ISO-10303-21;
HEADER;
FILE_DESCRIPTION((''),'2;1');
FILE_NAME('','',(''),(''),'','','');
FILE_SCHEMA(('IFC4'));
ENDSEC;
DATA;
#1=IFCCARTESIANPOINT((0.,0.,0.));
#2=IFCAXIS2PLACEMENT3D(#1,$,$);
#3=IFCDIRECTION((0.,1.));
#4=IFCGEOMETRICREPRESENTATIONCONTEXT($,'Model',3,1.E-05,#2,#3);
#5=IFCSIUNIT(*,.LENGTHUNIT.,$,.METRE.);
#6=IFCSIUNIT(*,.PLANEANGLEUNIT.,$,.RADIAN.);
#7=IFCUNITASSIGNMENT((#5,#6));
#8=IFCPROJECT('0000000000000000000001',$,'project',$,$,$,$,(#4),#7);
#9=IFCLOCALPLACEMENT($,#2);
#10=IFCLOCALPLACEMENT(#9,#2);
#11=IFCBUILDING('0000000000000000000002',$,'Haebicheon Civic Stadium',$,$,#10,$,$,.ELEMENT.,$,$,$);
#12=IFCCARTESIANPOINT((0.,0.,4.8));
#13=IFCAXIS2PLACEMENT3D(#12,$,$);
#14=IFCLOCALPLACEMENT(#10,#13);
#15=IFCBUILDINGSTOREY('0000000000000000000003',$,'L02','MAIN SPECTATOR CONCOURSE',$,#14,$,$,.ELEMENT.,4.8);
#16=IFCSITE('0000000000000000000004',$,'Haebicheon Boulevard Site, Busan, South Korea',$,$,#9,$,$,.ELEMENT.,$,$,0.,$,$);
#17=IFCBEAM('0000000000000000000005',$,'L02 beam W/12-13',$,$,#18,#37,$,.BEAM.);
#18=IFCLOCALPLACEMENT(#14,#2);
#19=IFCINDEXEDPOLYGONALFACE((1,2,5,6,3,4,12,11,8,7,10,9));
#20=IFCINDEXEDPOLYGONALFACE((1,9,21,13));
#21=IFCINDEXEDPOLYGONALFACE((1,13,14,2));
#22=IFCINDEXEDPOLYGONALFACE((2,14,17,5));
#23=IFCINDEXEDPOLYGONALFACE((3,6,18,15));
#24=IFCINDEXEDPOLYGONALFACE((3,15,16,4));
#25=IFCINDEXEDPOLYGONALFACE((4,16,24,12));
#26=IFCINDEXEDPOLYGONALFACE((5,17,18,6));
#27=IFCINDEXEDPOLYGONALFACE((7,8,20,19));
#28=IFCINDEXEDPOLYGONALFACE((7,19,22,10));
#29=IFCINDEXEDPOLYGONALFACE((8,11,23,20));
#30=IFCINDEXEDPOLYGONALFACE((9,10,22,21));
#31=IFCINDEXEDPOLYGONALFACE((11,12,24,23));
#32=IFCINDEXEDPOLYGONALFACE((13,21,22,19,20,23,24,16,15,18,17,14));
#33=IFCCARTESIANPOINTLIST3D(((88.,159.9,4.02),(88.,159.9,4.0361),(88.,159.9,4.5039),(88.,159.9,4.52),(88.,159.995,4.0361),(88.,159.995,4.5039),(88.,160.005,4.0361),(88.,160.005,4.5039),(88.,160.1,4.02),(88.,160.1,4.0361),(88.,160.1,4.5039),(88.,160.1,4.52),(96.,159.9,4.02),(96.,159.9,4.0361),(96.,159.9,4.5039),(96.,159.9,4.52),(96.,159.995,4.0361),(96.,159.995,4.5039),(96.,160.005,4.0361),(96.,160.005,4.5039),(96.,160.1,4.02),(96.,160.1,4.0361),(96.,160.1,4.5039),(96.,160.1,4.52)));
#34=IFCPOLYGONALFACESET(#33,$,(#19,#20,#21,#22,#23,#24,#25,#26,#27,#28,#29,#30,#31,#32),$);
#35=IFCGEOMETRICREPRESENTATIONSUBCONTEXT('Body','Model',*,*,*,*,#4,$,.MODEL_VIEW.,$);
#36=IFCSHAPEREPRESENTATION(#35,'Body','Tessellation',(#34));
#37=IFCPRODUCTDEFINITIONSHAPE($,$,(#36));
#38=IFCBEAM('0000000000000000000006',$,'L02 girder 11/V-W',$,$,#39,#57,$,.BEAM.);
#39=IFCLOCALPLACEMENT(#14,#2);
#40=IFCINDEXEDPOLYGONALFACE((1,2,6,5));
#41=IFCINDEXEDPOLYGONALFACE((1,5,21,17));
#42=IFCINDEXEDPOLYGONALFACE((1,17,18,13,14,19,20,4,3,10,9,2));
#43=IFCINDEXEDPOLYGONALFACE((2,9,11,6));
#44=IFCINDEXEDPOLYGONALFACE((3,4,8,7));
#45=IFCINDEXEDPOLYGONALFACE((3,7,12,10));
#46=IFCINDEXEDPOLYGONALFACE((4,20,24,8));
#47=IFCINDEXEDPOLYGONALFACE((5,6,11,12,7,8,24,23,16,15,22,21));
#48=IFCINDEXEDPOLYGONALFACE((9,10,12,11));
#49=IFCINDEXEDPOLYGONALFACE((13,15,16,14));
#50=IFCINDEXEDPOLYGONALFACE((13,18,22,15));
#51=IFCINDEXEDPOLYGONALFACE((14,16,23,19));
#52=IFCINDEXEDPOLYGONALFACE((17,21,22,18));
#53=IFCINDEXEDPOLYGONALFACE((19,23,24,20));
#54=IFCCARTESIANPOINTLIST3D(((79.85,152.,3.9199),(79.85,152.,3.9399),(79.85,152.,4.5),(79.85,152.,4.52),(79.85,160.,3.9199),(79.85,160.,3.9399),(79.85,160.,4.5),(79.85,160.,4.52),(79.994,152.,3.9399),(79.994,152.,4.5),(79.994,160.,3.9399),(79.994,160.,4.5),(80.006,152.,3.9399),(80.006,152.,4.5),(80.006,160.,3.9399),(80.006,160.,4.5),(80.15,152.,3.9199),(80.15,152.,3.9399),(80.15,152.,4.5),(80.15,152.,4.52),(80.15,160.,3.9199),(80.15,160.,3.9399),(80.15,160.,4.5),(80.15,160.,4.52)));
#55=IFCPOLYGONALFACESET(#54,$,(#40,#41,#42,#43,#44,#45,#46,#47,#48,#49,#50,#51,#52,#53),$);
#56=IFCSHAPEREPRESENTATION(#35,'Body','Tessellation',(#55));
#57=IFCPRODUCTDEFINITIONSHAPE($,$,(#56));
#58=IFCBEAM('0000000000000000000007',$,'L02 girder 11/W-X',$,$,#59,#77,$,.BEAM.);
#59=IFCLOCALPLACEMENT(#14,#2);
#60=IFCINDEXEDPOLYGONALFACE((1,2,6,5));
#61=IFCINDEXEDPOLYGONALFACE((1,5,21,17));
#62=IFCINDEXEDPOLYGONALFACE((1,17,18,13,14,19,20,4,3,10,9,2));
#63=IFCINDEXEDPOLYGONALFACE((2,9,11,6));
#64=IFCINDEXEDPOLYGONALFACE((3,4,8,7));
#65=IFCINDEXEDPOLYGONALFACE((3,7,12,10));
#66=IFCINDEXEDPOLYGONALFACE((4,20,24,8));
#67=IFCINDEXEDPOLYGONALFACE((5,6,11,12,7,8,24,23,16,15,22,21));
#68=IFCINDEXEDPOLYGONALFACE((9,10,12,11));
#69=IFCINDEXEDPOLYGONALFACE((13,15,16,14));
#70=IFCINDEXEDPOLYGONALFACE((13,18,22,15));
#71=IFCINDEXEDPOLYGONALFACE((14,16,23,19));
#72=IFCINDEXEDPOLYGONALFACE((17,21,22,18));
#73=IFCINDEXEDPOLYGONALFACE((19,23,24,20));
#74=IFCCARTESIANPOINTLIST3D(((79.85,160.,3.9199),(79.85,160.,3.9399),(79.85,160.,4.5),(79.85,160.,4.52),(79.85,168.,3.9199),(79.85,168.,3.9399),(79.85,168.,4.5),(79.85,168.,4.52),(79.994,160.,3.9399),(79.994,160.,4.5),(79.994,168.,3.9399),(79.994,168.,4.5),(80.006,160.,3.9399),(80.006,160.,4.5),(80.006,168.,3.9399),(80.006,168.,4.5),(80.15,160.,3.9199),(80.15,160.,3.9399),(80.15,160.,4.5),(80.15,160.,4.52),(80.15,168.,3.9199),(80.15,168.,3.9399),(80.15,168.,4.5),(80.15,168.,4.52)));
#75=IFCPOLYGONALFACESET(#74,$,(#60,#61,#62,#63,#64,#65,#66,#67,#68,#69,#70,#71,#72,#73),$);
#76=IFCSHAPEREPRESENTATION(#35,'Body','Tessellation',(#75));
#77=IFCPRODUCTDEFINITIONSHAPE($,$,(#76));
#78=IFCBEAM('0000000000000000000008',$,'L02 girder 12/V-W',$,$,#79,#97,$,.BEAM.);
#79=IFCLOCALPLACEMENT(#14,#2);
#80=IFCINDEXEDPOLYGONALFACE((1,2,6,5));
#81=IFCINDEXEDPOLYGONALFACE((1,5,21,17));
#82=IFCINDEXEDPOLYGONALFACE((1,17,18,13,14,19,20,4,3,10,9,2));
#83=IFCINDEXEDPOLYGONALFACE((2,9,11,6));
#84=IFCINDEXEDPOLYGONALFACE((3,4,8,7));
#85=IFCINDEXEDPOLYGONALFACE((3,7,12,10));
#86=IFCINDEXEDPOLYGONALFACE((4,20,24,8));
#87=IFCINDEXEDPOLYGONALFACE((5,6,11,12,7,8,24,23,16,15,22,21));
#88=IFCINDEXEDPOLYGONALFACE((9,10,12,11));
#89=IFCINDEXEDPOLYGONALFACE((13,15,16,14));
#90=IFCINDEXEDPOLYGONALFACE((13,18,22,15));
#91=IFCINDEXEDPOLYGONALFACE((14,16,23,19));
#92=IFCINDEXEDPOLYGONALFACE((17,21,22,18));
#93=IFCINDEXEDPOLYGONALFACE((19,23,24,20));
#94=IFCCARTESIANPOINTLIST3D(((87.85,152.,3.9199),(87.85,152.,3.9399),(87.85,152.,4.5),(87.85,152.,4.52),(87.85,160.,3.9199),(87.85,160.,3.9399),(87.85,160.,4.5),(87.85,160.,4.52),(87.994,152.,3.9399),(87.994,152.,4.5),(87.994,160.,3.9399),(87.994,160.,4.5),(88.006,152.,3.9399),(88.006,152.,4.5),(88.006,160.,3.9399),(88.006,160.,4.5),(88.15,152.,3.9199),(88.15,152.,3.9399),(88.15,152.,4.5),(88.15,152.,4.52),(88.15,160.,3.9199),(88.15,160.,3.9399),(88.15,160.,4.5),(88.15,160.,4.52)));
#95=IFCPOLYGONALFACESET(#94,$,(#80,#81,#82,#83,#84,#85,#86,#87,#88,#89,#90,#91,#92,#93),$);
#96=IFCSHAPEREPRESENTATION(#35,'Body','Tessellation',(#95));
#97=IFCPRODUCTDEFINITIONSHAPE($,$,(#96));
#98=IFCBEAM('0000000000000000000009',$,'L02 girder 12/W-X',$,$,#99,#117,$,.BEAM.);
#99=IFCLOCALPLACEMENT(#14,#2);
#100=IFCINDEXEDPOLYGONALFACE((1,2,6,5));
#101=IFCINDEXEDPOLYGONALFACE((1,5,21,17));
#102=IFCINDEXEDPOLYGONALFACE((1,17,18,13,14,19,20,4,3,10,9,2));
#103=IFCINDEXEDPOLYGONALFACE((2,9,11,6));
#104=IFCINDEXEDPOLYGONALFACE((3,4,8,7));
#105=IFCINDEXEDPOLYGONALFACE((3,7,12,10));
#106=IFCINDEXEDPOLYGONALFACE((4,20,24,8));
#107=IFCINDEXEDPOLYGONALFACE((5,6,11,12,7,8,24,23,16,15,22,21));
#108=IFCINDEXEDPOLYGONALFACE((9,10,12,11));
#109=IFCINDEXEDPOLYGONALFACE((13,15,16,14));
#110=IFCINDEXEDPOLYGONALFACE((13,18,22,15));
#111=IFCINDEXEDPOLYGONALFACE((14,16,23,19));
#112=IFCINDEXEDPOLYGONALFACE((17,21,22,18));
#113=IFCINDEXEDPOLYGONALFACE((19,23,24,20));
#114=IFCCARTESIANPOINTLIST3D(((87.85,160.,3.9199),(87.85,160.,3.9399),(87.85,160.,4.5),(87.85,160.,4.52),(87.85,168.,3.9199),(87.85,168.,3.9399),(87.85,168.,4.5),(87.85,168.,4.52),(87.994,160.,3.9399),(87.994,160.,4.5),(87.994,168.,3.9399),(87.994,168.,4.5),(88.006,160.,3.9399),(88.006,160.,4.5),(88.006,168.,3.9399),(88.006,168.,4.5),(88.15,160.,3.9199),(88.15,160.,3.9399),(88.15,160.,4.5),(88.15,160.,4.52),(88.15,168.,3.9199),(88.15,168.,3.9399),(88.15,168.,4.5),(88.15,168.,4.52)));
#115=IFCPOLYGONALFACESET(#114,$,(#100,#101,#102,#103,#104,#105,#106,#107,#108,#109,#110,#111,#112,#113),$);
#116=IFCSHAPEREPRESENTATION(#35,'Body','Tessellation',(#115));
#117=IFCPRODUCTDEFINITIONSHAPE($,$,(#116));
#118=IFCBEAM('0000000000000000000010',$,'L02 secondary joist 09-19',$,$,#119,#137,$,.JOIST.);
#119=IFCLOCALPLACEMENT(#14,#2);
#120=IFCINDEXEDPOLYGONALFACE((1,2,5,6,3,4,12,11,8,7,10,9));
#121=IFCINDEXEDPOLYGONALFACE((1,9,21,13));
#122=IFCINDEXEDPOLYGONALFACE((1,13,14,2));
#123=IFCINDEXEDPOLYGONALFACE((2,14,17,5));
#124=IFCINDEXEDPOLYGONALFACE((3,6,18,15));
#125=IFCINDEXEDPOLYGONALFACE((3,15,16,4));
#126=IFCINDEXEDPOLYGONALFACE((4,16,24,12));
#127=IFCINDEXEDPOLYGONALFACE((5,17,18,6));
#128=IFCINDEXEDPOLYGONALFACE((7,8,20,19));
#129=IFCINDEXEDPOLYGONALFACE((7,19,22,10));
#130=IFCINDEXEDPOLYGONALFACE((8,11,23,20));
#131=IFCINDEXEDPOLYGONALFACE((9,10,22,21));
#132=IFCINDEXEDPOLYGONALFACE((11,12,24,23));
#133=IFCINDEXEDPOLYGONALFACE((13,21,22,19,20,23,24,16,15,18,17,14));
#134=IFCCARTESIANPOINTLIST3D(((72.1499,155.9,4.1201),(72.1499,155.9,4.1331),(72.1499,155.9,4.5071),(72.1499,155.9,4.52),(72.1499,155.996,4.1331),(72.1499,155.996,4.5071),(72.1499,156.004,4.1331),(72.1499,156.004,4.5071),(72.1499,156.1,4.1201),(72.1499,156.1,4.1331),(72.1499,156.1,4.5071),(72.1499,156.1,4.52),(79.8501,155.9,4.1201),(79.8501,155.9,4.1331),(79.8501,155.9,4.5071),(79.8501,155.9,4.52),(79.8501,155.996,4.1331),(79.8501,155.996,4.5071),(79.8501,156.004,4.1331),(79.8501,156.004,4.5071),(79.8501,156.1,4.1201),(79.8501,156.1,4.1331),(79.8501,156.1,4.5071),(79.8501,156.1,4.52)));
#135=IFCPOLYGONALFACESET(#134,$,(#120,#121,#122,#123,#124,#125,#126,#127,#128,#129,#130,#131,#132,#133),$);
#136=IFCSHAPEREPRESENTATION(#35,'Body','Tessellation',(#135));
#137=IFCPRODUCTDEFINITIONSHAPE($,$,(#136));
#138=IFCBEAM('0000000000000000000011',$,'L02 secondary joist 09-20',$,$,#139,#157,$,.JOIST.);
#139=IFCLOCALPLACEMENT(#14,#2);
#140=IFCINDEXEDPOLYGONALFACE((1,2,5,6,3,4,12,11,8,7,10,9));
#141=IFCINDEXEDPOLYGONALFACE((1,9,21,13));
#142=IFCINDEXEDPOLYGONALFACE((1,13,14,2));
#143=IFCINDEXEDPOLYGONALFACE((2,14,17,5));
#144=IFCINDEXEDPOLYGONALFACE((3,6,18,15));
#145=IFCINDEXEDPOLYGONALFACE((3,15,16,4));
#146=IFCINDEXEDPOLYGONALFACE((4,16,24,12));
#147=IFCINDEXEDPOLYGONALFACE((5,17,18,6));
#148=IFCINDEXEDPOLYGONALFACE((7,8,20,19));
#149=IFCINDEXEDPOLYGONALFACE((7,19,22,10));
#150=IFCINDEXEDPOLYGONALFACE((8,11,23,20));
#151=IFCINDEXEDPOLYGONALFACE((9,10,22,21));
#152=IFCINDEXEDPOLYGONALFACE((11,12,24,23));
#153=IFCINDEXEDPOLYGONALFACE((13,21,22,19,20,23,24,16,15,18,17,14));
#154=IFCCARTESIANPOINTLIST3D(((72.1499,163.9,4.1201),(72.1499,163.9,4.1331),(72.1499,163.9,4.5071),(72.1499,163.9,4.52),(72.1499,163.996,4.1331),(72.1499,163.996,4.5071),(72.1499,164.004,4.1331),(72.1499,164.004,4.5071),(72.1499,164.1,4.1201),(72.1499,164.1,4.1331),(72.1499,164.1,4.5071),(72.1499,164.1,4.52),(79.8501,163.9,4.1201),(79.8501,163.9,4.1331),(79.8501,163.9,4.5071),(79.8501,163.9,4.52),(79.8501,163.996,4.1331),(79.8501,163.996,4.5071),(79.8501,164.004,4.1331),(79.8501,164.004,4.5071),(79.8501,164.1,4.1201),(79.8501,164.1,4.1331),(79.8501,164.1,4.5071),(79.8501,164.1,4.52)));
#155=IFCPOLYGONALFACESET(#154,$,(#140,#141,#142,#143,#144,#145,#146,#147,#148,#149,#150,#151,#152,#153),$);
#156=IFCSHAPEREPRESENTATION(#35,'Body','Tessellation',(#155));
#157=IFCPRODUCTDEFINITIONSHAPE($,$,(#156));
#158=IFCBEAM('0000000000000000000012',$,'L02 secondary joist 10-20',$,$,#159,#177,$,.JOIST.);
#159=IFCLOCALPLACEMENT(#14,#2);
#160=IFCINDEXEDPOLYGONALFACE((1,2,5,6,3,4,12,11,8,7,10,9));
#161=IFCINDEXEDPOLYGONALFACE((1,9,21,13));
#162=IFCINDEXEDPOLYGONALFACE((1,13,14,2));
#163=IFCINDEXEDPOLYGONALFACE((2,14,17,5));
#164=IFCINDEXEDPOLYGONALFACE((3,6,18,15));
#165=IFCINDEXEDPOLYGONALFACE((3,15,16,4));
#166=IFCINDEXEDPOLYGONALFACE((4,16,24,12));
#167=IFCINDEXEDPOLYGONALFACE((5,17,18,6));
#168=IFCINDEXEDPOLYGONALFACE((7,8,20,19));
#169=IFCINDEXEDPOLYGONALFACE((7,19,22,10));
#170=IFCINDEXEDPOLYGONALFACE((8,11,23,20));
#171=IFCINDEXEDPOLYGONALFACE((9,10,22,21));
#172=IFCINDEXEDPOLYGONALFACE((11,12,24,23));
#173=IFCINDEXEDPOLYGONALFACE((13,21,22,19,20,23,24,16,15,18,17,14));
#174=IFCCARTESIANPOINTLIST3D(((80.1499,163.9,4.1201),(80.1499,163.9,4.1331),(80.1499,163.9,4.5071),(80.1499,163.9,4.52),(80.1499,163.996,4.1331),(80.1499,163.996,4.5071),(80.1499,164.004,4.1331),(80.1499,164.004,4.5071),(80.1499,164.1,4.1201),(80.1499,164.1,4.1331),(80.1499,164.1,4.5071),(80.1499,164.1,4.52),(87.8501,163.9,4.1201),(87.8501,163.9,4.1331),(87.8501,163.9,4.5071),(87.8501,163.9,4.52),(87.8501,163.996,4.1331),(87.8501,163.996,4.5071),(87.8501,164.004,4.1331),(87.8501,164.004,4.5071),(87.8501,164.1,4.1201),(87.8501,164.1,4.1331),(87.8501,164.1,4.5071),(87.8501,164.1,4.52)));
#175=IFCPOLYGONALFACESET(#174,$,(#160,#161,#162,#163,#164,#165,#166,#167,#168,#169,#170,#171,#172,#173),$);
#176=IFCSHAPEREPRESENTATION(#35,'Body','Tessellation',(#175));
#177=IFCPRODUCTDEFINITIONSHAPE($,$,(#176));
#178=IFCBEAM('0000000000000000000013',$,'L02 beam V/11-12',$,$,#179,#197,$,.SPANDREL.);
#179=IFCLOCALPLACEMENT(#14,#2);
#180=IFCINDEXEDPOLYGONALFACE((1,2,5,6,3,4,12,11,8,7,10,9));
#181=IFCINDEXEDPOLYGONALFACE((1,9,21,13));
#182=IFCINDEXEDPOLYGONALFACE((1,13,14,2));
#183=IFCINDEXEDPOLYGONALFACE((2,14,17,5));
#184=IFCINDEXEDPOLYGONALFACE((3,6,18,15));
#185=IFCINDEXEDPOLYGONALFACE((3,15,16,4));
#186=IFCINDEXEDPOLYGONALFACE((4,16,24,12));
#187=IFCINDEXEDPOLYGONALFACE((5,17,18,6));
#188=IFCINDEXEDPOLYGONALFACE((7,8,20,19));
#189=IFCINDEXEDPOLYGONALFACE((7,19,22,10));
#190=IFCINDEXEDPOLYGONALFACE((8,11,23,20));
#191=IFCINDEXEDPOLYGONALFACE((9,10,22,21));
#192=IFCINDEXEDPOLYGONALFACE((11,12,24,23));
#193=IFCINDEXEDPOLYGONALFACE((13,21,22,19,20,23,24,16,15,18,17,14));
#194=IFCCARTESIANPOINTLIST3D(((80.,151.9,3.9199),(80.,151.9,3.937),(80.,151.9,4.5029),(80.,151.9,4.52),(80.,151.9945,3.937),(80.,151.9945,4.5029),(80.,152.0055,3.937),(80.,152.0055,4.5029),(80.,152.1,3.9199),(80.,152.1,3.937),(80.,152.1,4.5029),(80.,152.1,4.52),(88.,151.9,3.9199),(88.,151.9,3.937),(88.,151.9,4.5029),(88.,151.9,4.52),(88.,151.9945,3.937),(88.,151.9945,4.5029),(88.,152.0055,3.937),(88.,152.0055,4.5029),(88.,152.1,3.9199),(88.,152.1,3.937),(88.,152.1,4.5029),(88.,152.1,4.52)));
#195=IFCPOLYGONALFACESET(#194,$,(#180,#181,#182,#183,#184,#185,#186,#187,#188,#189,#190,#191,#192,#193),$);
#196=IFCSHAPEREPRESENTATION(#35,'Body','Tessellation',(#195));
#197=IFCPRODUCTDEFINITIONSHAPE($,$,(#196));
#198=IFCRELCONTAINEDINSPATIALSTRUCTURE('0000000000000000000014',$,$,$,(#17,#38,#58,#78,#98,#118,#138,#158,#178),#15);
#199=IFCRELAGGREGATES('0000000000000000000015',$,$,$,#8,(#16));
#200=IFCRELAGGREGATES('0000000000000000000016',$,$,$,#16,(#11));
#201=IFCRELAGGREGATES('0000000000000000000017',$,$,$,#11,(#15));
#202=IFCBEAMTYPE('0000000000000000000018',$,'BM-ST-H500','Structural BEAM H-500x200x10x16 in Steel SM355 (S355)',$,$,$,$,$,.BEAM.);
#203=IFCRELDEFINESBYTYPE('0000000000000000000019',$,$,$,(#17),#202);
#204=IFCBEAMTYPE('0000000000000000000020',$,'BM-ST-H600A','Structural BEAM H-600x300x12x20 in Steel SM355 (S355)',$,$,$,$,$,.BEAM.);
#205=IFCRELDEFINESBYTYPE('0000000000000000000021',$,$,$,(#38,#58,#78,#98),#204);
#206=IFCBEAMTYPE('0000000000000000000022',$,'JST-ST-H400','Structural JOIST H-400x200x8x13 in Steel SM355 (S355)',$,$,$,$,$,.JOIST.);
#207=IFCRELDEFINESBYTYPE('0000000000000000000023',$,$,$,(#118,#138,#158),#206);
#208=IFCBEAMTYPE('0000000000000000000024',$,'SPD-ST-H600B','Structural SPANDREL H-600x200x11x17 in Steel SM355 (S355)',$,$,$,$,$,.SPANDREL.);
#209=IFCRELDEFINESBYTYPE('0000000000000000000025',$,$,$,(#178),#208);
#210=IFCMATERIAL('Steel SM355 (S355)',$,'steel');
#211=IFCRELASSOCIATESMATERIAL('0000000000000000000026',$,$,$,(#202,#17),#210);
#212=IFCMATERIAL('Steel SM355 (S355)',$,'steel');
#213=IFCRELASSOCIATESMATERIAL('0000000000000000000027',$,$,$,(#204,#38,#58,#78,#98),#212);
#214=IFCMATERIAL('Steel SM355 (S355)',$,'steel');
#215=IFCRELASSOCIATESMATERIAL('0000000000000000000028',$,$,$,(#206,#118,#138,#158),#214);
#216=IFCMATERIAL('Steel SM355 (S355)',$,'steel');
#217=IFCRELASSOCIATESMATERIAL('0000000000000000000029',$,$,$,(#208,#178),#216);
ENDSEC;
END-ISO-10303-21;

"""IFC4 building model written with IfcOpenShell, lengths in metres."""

from ifc_helpers import new_model, si_unit, direction, frame, origin, origin_2d, place, context, subcontext, project, spatial, i_section, extrude, material, material_profile, profile_set, type_object, element, save


model = new_model("IFC4")

# Units and contexts
model_context = context("Model", 3, precision=1e-05, world=origin(), true_north=direction((0.0, 1.0)))
body_context = subcontext(model_context, "Body", "Model", "MODEL_VIEW")
ifc_project = project(units=[si_unit("LENGTHUNIT", "METRE"), si_unit("PLANEANGLEUNIT", "RADIAN")], contexts=[model_context])

# Site, building, storey
site_placement = place(None, origin())
site = spatial("IfcSite", under=ifc_project, at=site_placement, Name="Haebicheon Boulevard Site, Busan, South Korea", CompositionType="ELEMENT", RefElevation=0.0)
building_placement = place(site_placement, origin())
building = spatial("IfcBuilding", under=site, at=building_placement, Name="Haebicheon Civic Stadium", CompositionType="ELEMENT")
storey_placement = place(building_placement, frame((0.0, 0.0, 4.8)))
storey = spatial("IfcBuildingStorey", under=building, at=storey_placement, Name="L02", Description="MAIN SPECTATOR CONCOURSE", CompositionType="ELEMENT", Elevation=4.8)

# Beams
ifc_material_1 = material(Name="Steel SM355 (S355)", Category="steel")
ifc_material_profile_1 = material_profile(ifc_material_1, i_section(OverallWidth=0.2, OverallDepth=0.5, WebThickness=0.01, FlangeThickness=0.0161, at=origin_2d()), Name="H-500x200x10x16")
ifc_profile_set_1 = profile_set([ifc_material_profile_1], Name="Steel SM355 (S355)")
beam_type_1 = type_object("IfcBeamType", Name="BM-ST-H500", Description="Structural BEAM H-500x200x10x16 in Steel SM355 (S355)", PredefinedType="BEAM", material=ifc_profile_set_1)
beam_1_placement = place(storey_placement, frame((88.0, 160.0, 4.27), z_axis=(1.0, 0.0, 0.0), x_axis=(0.0, 1.0, 0.0)))
element("IfcBeam", 1, at=beam_1_placement, inside=storey, type_object=beam_type_1, material=ifc_profile_set_1, Name="L02 beam W/12-13", PredefinedType="BEAM", context=body_context, shape_type="SweptSolid", body=[
    extrude(i_section(OverallWidth=0.2, OverallDepth=0.5, WebThickness=0.01, FlangeThickness=0.0161, at=origin_2d()), origin(), (0.0, 0.0, 1.0), 8.0),
])
ifc_material_2 = material(Name="Steel SM355 (S355)", Category="steel")
ifc_material_profile_2 = material_profile(ifc_material_2, i_section(OverallWidth=0.3, OverallDepth=0.6001, WebThickness=0.012, FlangeThickness=0.02, at=origin_2d()), Name="H-600x300x12x20")
ifc_profile_set_2 = profile_set([ifc_material_profile_2], Name="Steel SM355 (S355)")
beam_type_2 = type_object("IfcBeamType", Name="BM-ST-H600A", Description="Structural BEAM H-600x300x12x20 in Steel SM355 (S355)", PredefinedType="BEAM", material=ifc_profile_set_2)
for number, where, z_axis, x_axis, name in (
    (2, (80.0, 152.0, 4.22), (0.0, 1.0, 0.0), (-1.0, 0.0, 0.0), "L02 girder 11/V-W"),
    (3, (80.0, 160.0, 4.22), (0.0, 1.0, 0.0), (-1.0, 0.0, 0.0), "L02 girder 11/W-X"),
    (4, (88.0, 152.0, 4.22), (0.0, 1.0, 0.0), (-1.0, 0.0, 0.0), "L02 girder 12/V-W"),
    (5, (88.0, 160.0, 4.22), (0.0, 1.0, 0.0), (-1.0, 0.0, 0.0), "L02 girder 12/W-X"),
):
    element("IfcBeam", number, at=place(storey_placement, frame(where, z_axis=z_axis, x_axis=x_axis)), inside=storey, type_object=beam_type_2, material=ifc_profile_set_2, Name=name, PredefinedType="BEAM", context=body_context, shape_type="SweptSolid", body=[
        extrude(i_section(OverallWidth=0.3, OverallDepth=0.6001, WebThickness=0.012, FlangeThickness=0.02, at=origin_2d()), origin(), (0.0, 0.0, 1.0), 8.0),
    ])
ifc_material_3 = material(Name="Steel SM355 (S355)", Category="steel")
ifc_material_profile_3 = material_profile(ifc_material_3, i_section(OverallWidth=0.2, OverallDepth=0.3999, WebThickness=0.0081, FlangeThickness=0.0129, at=origin_2d()), Name="H-400x200x8x13")
ifc_profile_set_3 = profile_set([ifc_material_profile_3], Name="Steel SM355 (S355)")
beam_type_3 = type_object("IfcBeamType", Name="JST-ST-H400", Description="Structural JOIST H-400x200x8x13 in Steel SM355 (S355)", PredefinedType="JOIST", material=ifc_profile_set_3)
for number, where, z_axis, x_axis, name in (
    (6, (72.1499, 156.0, 4.3201), (1.0, 0.0, 0.0), (0.0, 1.0, 0.0), "L02 secondary joist 09-19"),
    (7, (72.1499, 164.0, 4.3201), (1.0, 0.0, 0.0), (0.0, 1.0, 0.0), "L02 secondary joist 09-20"),
    (8, (80.1499, 164.0, 4.3201), (1.0, 0.0, 0.0), (0.0, 1.0, 0.0), "L02 secondary joist 10-20"),
):
    element("IfcBeam", number, at=place(storey_placement, frame(where, z_axis=z_axis, x_axis=x_axis)), inside=storey, type_object=beam_type_3, material=ifc_profile_set_3, Name=name, PredefinedType="JOIST", context=body_context, shape_type="SweptSolid", body=[
        extrude(i_section(OverallWidth=0.2, OverallDepth=0.3999, WebThickness=0.0081, FlangeThickness=0.0129, at=origin_2d()), origin(), (0.0, 0.0, 1.0), 7.7002),
    ])
ifc_material_4 = material(Name="Steel SM355 (S355)", Category="steel")
ifc_material_profile_4 = material_profile(ifc_material_4, i_section(OverallWidth=0.2, OverallDepth=0.6001, WebThickness=0.011, FlangeThickness=0.0171, at=origin_2d()), Name="H-600x200x11x17")
ifc_profile_set_4 = profile_set([ifc_material_profile_4], Name="Steel SM355 (S355)")
beam_type_4 = type_object("IfcBeamType", Name="SPD-ST-H600B", Description="Structural SPANDREL H-600x200x11x17 in Steel SM355 (S355)", PredefinedType="SPANDREL", material=ifc_profile_set_4)
for number, where, z_axis, x_axis, name in (
    (9, (80.0, 152.0, 4.22), (1.0, 0.0, 0.0), (0.0, 1.0, 0.0), "L02 beam V/11-12"),
):
    element("IfcBeam", number, at=place(storey_placement, frame(where, z_axis=z_axis, x_axis=x_axis)), inside=storey, type_object=beam_type_4, material=ifc_profile_set_4, Name=name, PredefinedType="SPANDREL", context=body_context, shape_type="SweptSolid", body=[
        extrude(i_section(OverallWidth=0.2, OverallDepth=0.6001, WebThickness=0.011, FlangeThickness=0.0171, at=origin_2d()), origin(), (0.0, 0.0, 1.0), 8.0),
    ])

save(model, "model.ifc")
